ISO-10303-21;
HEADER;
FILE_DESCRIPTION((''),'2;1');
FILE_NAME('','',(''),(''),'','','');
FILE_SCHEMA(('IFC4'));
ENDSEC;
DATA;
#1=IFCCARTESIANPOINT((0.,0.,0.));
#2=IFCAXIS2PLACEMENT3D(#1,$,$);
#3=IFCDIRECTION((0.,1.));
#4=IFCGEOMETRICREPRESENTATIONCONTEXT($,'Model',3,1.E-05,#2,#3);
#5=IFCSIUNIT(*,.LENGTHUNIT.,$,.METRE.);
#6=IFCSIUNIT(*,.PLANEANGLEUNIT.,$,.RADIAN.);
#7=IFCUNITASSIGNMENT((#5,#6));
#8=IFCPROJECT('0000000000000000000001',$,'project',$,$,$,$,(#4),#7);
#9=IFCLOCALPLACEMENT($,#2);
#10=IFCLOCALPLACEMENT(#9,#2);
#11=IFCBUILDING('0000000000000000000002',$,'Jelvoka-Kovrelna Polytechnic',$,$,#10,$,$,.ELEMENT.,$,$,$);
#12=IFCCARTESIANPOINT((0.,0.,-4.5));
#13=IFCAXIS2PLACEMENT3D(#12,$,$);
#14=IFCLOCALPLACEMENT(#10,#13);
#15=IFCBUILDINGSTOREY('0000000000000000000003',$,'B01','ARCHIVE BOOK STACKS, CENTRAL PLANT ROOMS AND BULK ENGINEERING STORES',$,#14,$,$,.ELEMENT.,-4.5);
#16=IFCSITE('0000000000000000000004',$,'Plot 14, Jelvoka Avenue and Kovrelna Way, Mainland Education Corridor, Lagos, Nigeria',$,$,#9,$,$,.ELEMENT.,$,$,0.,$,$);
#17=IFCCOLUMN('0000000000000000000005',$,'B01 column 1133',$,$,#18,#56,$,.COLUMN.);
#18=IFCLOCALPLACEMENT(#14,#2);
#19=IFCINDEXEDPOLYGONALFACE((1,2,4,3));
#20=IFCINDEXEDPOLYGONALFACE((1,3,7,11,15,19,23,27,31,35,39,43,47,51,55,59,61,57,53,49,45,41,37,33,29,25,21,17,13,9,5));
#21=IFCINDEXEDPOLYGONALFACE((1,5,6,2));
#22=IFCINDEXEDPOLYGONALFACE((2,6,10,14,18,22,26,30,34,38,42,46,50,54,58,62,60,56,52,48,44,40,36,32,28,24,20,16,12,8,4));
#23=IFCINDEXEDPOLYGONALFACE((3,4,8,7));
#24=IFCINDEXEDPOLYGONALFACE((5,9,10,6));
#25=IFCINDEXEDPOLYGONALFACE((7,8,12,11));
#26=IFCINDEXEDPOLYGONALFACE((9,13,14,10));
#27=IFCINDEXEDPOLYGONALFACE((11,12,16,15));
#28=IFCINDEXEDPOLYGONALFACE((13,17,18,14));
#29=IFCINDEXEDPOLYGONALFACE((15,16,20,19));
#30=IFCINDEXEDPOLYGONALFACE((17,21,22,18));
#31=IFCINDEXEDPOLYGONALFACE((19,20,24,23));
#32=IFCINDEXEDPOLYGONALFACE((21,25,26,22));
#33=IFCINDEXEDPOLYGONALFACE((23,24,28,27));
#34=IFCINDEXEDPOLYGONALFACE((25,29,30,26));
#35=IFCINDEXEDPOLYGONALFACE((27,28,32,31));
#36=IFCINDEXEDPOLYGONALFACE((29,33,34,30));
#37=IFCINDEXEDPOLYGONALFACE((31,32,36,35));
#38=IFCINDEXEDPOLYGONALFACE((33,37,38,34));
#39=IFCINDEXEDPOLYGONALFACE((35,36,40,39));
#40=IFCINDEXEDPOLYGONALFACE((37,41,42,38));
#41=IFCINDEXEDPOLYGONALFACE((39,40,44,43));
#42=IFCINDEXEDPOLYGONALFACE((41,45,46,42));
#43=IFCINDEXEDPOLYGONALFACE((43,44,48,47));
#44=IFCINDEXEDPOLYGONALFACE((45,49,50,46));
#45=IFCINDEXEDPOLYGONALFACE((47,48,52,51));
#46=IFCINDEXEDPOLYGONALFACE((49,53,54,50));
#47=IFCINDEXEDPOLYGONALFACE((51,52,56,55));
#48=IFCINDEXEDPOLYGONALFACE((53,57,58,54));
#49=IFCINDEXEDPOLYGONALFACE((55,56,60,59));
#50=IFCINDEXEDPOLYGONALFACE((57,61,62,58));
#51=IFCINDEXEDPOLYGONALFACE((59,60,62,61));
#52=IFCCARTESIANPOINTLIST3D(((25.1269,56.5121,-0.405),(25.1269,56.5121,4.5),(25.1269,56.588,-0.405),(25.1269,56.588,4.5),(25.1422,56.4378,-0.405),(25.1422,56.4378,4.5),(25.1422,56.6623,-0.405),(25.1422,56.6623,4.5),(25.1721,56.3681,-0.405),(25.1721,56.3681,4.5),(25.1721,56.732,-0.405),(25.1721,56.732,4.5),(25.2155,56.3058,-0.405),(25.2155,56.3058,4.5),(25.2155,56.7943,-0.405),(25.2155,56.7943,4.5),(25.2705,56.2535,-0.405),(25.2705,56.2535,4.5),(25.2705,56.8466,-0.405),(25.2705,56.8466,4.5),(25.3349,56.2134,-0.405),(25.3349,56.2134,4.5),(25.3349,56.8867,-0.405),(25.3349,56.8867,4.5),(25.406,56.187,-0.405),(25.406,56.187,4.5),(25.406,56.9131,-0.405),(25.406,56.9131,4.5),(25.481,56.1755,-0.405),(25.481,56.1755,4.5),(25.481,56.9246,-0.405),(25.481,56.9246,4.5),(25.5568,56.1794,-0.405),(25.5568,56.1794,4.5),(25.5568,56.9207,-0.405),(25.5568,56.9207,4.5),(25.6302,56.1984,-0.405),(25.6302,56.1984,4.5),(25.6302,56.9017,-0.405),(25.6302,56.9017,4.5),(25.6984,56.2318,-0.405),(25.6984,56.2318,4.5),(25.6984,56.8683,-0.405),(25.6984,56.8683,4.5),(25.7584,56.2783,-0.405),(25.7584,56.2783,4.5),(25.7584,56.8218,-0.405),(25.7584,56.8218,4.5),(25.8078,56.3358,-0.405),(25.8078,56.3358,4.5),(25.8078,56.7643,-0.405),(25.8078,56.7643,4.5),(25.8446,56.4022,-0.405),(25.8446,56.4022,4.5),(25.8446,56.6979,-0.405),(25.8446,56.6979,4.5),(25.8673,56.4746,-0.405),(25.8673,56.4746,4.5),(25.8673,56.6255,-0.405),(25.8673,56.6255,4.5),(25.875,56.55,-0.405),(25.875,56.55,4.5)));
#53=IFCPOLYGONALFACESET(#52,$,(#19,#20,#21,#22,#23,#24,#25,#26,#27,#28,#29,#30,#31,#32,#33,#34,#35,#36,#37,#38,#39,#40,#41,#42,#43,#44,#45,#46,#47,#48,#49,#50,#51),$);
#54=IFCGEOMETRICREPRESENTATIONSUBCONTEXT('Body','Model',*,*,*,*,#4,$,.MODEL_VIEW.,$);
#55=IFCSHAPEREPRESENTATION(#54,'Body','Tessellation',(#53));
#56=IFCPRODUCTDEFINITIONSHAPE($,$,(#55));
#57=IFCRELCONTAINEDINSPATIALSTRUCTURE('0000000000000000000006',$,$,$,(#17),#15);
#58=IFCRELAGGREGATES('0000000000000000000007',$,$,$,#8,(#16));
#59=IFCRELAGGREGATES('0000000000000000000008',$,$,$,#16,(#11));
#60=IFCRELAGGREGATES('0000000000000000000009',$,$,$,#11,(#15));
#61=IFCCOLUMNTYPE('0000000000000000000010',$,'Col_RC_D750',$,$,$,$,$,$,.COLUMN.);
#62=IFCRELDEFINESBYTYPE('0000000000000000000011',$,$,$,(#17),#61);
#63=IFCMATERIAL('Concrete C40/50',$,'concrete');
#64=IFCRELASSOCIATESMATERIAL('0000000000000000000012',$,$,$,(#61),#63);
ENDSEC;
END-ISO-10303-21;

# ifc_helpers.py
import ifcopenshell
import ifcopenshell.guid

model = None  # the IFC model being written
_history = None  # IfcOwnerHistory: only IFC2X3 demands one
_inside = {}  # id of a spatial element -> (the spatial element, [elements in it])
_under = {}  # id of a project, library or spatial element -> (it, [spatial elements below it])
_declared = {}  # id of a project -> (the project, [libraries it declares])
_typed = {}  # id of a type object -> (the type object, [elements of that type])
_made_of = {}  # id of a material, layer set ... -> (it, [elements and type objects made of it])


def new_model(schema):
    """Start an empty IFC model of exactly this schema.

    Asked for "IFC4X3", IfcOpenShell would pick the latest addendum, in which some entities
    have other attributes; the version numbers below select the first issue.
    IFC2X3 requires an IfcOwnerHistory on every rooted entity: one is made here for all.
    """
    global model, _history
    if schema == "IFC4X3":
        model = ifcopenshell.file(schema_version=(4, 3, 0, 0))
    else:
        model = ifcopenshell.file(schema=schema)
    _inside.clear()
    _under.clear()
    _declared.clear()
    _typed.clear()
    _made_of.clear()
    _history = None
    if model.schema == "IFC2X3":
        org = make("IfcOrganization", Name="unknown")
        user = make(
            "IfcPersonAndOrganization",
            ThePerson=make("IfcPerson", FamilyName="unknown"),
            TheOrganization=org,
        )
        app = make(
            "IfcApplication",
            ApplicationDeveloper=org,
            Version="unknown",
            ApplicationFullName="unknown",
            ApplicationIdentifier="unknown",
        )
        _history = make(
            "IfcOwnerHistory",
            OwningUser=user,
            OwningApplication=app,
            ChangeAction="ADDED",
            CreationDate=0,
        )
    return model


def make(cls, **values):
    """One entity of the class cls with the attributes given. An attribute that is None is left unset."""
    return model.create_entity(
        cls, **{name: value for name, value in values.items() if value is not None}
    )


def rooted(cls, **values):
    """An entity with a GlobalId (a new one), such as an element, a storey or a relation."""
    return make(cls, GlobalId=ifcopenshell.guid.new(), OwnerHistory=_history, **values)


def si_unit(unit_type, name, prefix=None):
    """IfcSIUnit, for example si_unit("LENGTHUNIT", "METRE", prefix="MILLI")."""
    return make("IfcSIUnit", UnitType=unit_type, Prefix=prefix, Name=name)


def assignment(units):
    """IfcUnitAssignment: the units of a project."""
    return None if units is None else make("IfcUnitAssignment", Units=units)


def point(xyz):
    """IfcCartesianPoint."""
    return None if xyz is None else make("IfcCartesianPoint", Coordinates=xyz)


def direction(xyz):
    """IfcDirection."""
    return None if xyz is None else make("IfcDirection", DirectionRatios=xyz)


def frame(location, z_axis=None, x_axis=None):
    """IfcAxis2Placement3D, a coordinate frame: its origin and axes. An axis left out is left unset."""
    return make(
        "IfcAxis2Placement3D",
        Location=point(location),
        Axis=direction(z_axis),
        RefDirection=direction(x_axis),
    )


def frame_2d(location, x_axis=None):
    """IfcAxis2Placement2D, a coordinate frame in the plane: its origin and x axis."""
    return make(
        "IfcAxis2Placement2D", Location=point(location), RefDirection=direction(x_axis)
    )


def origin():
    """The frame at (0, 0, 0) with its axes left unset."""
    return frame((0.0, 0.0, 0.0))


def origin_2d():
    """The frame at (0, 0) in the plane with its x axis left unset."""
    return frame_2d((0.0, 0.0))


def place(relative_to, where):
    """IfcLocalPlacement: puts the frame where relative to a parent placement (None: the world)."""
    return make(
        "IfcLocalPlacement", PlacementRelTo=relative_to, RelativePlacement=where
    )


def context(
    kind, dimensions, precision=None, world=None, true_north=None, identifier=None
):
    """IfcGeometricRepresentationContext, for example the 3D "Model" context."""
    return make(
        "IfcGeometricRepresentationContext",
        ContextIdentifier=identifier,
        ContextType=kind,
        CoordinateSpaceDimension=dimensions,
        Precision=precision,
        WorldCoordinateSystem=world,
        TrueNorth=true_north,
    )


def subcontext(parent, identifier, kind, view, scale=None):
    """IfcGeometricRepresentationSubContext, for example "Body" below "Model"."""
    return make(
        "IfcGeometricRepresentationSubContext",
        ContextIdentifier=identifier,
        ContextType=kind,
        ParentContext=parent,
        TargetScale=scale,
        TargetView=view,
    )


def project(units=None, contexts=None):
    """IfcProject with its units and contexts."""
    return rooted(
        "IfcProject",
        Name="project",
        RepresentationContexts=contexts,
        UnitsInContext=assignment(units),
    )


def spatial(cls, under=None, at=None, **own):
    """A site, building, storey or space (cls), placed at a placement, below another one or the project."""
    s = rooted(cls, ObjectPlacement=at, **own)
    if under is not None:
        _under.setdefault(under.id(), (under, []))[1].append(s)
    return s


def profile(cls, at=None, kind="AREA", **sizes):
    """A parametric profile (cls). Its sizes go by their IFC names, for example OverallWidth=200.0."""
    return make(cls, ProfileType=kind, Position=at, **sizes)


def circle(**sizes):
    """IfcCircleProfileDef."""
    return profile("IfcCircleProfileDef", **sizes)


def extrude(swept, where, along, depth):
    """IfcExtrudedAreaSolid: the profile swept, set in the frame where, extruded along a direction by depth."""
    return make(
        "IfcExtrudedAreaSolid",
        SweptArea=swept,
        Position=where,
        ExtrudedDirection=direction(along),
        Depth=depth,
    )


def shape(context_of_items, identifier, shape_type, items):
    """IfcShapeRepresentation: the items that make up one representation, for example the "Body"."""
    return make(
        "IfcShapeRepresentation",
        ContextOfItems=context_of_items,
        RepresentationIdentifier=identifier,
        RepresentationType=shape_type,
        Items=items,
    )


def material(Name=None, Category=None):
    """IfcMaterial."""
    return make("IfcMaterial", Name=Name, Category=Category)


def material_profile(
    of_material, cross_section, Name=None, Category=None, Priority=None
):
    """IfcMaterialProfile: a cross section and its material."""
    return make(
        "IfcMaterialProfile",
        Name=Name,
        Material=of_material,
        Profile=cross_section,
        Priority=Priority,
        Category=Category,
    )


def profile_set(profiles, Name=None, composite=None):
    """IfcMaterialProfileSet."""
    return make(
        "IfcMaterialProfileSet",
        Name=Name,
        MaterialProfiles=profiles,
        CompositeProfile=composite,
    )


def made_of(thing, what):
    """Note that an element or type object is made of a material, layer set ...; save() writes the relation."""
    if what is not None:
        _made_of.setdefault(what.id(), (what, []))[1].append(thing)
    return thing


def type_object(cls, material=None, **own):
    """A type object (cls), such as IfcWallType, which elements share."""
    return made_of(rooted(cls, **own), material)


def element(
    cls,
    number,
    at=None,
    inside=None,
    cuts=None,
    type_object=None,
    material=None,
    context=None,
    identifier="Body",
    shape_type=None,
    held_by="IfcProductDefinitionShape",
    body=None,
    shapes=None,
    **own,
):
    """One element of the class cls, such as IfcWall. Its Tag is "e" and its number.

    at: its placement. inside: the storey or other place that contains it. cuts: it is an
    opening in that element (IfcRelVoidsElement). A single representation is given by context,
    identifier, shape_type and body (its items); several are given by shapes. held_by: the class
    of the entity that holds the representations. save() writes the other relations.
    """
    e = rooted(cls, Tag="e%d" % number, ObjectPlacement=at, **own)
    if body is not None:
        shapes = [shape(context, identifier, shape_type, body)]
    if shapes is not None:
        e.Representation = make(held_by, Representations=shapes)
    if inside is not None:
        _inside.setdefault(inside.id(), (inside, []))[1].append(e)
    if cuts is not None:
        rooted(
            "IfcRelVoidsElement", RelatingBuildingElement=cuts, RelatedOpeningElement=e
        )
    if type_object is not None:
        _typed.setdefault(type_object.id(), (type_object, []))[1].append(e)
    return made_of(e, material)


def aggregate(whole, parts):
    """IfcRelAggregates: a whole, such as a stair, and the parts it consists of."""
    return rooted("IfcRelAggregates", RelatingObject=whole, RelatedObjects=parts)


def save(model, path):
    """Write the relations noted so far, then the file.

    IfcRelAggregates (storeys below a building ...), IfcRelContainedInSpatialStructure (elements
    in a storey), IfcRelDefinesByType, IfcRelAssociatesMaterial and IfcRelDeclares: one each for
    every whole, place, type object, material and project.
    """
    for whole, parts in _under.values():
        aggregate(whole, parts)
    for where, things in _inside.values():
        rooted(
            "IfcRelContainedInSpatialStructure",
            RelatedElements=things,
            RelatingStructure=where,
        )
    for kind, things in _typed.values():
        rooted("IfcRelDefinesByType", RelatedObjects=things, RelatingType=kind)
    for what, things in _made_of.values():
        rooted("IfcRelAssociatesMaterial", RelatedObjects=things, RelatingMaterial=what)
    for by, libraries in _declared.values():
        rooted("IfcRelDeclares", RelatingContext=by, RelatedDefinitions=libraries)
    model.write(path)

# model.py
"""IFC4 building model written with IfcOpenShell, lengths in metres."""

from ifc_helpers import new_model, si_unit, direction, frame, origin, origin_2d, place, context, subcontext, project, spatial, circle, extrude, material, material_profile, profile_set, type_object, element, save


model = new_model("IFC4")

# Units and contexts
model_context = context("Model", 3, precision=1e-05, world=origin(), true_north=direction((0.0, 1.0)))
body_context = subcontext(model_context, "Body", "Model", "MODEL_VIEW")
ifc_project = project(units=[si_unit("LENGTHUNIT", "METRE"), si_unit("PLANEANGLEUNIT", "RADIAN")], contexts=[model_context])

# Site, building, storey
site_placement = place(None, origin())
site = spatial("IfcSite", under=ifc_project, at=site_placement, Name="Plot 14, Jelvoka Avenue and Kovrelna Way, Mainland Education Corridor, Lagos, Nigeria", CompositionType="ELEMENT", RefElevation=0.0)
building_placement = place(site_placement, origin())
building = spatial("IfcBuilding", under=site, at=building_placement, Name="Jelvoka-Kovrelna Polytechnic", CompositionType="ELEMENT")
storey_placement = place(building_placement, frame((0.0, 0.0, -4.5)))
storey = spatial("IfcBuildingStorey", under=building, at=storey_placement, Name="B01", Description="ARCHIVE BOOK STACKS, CENTRAL PLANT ROOMS AND BULK ENGINEERING STORES", CompositionType="ELEMENT", Elevation=-4.5)

# Column
ifc_material_1 = material(Name="Concrete C40/50", Category="concrete")
ifc_material_profile_1 = material_profile(ifc_material_1, circle(Radius=0.375, at=origin_2d()), Name="RC D750")
ifc_profile_set_1 = profile_set([ifc_material_profile_1], Name="Concrete C40/50")
column_type = type_object("IfcColumnType", Name="Col_RC_D750", PredefinedType="COLUMN", material=ifc_profile_set_1)
for number, where, z_axis, x_axis, name in (
    (1, (25.5, 56.55, -0.405), (0.0, 0.0, 1.0), (1.0, 0.0, 0.0), "B01 column 1133"),
):
    element("IfcColumn", number, at=place(storey_placement, frame(where, z_axis=z_axis, x_axis=x_axis)), inside=storey, type_object=column_type, Name=name, PredefinedType="COLUMN", context=body_context, shape_type="SweptSolid", body=[
        extrude(circle(Radius=0.375, at=origin_2d()), origin(), (0.0, 0.0, 1.0), 4.905),
    ])

save(model, "model.ifc")
